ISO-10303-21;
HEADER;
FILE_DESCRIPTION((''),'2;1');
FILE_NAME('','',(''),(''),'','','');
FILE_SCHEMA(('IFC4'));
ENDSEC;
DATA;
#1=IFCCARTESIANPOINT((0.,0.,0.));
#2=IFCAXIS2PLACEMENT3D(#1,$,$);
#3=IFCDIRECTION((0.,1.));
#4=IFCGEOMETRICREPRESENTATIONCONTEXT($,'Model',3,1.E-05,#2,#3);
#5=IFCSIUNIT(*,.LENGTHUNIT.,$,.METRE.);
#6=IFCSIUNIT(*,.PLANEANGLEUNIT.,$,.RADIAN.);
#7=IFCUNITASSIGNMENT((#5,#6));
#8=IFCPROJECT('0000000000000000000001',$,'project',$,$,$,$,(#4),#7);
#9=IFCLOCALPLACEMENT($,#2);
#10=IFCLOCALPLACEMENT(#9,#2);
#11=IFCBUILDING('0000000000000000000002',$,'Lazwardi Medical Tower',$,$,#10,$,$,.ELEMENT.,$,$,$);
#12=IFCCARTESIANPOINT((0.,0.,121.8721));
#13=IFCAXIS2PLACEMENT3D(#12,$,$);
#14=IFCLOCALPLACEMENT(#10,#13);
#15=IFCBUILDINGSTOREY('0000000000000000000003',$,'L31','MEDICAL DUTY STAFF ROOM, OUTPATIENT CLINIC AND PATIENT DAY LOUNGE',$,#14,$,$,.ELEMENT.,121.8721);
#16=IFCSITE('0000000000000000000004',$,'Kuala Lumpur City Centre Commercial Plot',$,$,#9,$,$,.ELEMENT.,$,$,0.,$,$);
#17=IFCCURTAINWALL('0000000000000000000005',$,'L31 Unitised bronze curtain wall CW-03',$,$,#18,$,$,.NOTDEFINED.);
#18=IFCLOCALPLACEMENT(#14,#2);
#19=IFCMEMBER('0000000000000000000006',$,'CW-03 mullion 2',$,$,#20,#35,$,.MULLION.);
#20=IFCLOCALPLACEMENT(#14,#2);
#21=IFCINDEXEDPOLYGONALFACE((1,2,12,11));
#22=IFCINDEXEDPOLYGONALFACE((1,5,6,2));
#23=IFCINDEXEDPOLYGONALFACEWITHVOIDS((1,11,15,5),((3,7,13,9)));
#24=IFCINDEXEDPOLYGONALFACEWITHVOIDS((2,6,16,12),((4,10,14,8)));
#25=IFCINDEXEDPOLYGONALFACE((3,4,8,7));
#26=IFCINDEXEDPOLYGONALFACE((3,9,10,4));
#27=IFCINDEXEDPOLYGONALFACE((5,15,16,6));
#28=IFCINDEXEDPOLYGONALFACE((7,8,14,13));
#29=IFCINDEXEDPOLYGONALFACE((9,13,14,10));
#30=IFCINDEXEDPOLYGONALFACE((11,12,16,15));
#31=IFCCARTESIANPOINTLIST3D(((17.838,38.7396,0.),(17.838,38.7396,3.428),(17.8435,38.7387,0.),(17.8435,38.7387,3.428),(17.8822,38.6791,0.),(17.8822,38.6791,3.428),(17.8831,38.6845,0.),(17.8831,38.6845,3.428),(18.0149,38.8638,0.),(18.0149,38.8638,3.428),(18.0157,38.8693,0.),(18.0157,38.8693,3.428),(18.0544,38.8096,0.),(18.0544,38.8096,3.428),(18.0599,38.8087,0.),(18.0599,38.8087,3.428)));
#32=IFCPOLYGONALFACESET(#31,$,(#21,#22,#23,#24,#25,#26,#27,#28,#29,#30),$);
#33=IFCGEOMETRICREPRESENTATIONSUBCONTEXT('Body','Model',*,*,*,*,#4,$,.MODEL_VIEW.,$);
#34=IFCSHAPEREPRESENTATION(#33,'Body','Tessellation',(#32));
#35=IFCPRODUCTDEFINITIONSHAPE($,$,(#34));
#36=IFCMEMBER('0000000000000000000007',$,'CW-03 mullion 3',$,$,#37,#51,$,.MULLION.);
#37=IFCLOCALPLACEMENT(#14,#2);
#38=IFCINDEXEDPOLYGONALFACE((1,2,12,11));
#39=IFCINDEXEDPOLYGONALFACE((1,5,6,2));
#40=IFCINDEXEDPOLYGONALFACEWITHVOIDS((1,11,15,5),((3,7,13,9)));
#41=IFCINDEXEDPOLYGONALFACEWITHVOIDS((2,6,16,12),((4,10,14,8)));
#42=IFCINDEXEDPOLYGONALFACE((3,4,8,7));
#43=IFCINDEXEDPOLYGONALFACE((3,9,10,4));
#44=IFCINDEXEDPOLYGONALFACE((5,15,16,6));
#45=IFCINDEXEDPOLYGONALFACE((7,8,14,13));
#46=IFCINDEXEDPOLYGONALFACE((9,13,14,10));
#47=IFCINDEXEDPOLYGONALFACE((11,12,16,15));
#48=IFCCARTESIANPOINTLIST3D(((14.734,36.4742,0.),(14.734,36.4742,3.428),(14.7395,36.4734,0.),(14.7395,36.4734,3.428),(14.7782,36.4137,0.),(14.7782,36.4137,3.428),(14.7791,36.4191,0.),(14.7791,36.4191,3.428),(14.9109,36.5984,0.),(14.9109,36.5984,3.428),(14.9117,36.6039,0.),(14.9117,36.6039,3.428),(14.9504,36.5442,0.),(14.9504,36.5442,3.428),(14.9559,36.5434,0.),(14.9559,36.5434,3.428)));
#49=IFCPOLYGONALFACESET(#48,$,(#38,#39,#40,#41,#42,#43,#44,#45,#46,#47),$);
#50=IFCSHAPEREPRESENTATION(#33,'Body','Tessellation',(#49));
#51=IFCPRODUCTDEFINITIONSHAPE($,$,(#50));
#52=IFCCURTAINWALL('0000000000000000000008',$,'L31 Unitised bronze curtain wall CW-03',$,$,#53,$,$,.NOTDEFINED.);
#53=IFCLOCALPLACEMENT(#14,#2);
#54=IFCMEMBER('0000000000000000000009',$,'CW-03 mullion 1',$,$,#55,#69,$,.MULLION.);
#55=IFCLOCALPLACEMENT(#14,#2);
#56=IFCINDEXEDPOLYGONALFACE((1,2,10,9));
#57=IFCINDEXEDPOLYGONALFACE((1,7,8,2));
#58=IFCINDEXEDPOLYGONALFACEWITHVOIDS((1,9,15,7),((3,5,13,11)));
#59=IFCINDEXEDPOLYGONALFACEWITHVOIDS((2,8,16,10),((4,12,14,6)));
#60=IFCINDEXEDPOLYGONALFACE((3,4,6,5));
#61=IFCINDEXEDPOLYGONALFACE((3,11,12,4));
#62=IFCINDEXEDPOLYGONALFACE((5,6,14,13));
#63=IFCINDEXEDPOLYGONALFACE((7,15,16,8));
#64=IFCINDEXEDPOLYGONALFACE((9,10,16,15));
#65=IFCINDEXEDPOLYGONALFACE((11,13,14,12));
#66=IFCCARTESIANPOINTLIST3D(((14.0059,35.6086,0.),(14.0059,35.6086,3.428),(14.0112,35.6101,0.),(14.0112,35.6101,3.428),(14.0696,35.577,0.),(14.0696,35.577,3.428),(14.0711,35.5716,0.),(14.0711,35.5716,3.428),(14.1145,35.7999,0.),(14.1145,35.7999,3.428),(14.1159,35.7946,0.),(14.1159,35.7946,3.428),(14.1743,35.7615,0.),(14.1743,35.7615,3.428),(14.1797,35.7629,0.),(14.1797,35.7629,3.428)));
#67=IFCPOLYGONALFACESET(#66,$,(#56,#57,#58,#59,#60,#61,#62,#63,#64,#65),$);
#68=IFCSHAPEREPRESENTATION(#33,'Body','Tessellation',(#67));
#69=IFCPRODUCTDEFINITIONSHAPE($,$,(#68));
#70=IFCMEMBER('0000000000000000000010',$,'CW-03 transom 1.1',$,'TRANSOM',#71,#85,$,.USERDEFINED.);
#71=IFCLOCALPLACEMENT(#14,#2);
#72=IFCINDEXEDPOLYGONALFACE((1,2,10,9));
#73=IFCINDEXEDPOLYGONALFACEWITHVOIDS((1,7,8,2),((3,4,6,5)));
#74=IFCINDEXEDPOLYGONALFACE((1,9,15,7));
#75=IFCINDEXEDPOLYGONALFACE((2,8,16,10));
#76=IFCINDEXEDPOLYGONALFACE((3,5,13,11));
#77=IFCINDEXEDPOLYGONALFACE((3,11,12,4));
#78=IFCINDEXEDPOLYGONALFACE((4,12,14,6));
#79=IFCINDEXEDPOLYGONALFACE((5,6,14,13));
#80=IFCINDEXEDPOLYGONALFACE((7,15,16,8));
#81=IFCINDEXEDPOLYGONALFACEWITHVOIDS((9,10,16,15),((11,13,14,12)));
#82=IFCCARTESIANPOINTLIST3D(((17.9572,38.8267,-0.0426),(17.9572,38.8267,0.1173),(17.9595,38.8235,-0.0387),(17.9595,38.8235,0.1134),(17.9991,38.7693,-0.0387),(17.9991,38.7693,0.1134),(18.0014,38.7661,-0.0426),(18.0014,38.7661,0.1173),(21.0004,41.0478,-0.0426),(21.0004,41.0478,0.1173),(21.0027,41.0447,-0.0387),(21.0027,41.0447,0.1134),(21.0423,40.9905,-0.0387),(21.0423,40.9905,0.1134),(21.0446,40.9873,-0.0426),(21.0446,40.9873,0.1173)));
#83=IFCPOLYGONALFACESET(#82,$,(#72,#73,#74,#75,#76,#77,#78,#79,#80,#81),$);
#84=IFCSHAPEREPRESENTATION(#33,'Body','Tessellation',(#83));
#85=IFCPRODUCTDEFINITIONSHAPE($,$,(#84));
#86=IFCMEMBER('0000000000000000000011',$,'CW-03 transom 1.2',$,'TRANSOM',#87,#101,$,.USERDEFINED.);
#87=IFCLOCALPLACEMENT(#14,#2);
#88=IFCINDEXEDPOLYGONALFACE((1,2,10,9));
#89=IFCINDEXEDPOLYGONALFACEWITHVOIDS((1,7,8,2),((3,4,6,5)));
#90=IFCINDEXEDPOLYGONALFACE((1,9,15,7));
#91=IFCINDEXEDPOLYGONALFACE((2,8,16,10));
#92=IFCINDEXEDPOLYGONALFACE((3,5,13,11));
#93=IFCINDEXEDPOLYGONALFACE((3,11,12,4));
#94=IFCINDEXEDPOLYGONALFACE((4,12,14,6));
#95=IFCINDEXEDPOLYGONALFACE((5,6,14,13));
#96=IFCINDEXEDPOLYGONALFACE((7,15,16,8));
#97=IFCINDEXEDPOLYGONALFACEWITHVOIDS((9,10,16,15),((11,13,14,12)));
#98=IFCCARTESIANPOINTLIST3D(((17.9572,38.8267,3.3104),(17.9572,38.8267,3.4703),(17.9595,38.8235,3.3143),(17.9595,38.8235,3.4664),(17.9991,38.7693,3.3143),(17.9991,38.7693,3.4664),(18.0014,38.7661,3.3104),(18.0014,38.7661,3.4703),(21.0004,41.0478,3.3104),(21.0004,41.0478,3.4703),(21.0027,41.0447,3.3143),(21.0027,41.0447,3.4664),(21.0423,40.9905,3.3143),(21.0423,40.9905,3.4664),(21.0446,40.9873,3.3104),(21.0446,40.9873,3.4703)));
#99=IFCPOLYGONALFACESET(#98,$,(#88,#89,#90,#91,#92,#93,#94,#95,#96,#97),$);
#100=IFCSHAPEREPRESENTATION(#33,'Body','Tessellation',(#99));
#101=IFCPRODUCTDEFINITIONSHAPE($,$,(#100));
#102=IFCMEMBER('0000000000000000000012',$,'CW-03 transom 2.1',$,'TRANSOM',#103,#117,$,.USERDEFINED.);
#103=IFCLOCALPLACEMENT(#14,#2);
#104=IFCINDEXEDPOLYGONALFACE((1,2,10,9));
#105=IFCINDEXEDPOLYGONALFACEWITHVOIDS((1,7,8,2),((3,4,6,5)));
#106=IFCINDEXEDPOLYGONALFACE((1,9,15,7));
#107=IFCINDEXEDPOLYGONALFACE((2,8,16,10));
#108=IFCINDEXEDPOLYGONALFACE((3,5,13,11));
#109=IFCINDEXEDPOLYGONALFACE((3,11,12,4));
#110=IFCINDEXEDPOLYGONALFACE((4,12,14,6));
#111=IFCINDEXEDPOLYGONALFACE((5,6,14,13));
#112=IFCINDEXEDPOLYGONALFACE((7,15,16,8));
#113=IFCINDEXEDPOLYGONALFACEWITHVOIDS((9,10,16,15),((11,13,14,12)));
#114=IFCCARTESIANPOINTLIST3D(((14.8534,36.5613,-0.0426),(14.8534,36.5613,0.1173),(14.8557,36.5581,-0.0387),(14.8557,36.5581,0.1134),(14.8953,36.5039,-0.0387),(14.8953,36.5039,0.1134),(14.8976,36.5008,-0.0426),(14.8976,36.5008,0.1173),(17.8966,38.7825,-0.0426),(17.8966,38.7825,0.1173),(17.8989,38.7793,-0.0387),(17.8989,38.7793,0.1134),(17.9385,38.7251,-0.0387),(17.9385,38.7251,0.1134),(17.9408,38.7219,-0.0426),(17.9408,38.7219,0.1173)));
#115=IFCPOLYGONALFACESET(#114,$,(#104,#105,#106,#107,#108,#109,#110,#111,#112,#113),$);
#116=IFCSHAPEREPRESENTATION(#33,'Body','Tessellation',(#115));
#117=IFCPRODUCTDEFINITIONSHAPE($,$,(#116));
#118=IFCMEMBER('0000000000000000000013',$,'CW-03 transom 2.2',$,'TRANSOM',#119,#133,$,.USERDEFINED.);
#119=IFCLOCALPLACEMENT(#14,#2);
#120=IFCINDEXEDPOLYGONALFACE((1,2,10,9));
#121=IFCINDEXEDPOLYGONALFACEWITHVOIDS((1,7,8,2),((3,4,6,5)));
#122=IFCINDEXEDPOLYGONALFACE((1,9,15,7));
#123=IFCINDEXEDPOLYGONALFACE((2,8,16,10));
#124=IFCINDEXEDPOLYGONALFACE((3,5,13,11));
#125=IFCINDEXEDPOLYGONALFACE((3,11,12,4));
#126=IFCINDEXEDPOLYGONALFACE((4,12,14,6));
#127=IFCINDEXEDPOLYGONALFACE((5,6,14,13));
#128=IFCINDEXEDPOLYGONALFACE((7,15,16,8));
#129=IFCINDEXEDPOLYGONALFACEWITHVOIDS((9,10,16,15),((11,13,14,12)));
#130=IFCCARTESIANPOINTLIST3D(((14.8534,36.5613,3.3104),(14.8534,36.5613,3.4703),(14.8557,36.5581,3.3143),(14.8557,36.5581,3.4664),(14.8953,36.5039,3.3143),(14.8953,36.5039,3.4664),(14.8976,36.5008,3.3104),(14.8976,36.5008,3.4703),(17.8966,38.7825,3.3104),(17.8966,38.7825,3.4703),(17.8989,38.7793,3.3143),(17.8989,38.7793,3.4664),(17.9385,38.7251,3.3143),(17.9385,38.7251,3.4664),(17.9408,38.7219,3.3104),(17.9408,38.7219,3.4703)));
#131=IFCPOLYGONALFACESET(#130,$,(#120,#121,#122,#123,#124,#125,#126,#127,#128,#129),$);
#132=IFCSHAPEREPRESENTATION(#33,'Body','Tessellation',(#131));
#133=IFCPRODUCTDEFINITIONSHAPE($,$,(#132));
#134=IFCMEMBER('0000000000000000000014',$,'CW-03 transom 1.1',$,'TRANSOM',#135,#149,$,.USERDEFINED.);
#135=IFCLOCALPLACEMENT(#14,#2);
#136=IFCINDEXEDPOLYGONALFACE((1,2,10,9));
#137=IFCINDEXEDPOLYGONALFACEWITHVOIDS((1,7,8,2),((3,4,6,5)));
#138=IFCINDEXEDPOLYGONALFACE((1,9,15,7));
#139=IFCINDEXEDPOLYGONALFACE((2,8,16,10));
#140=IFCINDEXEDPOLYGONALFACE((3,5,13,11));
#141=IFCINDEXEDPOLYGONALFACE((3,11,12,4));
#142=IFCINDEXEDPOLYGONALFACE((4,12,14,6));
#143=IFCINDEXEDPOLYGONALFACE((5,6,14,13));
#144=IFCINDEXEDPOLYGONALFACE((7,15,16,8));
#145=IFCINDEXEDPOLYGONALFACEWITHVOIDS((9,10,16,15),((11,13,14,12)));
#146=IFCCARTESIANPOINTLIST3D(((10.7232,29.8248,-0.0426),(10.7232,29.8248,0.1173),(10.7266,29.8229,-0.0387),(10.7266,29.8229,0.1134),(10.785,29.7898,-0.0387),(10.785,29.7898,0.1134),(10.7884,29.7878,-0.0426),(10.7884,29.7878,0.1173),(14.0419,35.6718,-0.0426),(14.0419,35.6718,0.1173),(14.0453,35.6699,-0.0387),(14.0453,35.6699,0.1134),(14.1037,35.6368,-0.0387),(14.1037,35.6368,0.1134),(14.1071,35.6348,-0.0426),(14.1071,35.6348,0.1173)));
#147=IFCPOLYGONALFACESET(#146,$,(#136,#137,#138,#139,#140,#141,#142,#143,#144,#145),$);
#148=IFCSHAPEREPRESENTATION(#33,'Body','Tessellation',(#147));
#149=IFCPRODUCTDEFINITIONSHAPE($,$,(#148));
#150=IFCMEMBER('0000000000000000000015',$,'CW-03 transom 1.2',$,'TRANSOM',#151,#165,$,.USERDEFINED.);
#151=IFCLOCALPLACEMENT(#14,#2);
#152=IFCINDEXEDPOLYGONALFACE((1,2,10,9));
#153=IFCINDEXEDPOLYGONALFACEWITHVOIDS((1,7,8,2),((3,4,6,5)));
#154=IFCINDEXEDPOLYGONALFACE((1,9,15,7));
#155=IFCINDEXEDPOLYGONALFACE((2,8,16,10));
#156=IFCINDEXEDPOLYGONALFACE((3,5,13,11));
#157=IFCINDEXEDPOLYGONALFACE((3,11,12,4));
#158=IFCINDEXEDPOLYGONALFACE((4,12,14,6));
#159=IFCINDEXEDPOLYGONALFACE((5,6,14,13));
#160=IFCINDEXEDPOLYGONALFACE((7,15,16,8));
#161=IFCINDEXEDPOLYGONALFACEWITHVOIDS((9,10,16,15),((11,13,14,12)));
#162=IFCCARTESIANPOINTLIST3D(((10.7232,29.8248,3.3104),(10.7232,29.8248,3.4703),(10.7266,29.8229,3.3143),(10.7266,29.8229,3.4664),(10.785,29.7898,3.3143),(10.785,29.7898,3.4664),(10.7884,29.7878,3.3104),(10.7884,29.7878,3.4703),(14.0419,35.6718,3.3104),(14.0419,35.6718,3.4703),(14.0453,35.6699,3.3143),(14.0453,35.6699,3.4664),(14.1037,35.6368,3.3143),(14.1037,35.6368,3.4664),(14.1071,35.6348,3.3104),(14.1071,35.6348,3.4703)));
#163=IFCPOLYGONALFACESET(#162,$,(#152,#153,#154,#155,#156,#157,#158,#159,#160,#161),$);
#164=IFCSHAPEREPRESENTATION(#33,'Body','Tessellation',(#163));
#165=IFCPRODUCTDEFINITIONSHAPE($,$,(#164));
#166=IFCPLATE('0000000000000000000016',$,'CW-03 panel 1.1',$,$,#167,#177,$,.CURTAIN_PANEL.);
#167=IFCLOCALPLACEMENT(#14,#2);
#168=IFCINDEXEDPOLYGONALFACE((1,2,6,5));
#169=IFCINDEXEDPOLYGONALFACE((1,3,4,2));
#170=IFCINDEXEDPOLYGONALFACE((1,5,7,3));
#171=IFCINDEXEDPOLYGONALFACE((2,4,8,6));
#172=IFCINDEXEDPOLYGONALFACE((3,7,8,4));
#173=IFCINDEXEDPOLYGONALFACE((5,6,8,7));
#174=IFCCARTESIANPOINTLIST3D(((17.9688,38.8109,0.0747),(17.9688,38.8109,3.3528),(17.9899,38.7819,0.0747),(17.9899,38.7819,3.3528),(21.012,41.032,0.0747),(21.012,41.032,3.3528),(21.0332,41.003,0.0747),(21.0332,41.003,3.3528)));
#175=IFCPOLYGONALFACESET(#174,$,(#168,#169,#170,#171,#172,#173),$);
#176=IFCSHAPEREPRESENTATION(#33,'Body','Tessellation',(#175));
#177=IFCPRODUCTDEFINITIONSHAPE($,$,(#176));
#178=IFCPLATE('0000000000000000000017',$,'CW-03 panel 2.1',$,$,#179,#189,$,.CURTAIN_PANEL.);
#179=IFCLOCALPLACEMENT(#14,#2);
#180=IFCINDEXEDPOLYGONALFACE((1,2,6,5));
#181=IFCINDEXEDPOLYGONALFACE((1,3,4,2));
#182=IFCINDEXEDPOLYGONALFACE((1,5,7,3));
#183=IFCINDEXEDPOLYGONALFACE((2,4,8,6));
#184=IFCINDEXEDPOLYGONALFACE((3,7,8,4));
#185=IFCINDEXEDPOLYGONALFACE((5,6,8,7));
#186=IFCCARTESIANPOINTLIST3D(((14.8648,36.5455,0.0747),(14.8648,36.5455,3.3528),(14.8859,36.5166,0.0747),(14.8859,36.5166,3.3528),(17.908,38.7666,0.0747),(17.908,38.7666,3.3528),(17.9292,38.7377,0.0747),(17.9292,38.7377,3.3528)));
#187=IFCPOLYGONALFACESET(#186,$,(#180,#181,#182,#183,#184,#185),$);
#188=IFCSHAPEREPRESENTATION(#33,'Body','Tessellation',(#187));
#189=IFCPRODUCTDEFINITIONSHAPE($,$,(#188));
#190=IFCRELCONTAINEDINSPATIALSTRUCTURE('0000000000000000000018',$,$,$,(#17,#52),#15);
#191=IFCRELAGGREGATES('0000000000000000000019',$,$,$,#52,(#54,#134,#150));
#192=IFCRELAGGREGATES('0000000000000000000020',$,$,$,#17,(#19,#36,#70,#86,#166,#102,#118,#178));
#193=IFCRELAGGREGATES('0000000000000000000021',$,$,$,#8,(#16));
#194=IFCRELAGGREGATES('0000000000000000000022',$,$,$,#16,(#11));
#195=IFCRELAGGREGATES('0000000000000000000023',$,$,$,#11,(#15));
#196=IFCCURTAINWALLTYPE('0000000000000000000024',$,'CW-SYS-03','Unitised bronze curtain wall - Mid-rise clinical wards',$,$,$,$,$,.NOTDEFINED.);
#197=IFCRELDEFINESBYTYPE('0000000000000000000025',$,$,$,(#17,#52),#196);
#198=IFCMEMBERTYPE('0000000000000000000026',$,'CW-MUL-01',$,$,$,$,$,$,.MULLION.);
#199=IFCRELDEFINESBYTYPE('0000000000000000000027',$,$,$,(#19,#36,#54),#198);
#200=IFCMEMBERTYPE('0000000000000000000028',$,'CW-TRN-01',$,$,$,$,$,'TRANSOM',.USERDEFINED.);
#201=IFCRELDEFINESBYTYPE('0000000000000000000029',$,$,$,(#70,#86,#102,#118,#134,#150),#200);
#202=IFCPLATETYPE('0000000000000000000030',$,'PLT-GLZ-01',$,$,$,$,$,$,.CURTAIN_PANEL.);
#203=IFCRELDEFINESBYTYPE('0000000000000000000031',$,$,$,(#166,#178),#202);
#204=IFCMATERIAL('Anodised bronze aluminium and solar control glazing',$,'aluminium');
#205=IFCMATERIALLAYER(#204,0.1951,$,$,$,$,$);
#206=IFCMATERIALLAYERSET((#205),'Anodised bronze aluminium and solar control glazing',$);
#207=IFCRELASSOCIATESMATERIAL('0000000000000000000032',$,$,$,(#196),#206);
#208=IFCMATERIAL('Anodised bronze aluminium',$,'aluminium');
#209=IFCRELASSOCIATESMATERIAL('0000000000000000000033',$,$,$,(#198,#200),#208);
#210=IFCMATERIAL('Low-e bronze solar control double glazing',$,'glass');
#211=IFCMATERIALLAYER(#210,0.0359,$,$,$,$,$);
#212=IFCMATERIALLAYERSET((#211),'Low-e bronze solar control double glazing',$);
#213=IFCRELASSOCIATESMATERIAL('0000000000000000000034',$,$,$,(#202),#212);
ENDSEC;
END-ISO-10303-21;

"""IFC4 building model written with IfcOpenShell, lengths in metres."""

from ifc_helpers import new_model, si_unit, direction, frame, origin, origin_2d, place, context, subcontext, project, spatial, rectangle, hollow_rectangle, extrude, material, layer, layer_set, material_profile, profile_set, type_object, element, aggregate, save


model = new_model("IFC4")

# Units and contexts
model_context = context("Model", 3, precision=1e-05, world=origin(), true_north=direction((0.0, 1.0)))
body_context = subcontext(model_context, "Body", "Model", "MODEL_VIEW")
ifc_project = project(units=[si_unit("LENGTHUNIT", "METRE"), si_unit("PLANEANGLEUNIT", "RADIAN")], contexts=[model_context])

# Site, building, storey
site_placement = place(None, origin())
site = spatial("IfcSite", under=ifc_project, at=site_placement, Name="Kuala Lumpur City Centre Commercial Plot", CompositionType="ELEMENT", RefElevation=0.0)
building_placement = place(site_placement, origin())
building = spatial("IfcBuilding", under=site, at=building_placement, Name="Lazwardi Medical Tower", CompositionType="ELEMENT")
storey_placement = place(building_placement, frame((0.0, 0.0, 121.8721)))
storey = spatial("IfcBuildingStorey", under=building, at=storey_placement, Name="L31", Description="MEDICAL DUTY STAFF ROOM, OUTPATIENT CLINIC AND PATIENT DAY LOUNGE", CompositionType="ELEMENT", Elevation=121.8721)

# Shared definitions
ifc_material_1 = material(Name="Anodised bronze aluminium and solar control glazing", Category="aluminium")
ifc_layer_1 = layer(ifc_material_1, 0.1951)
ifc_layer_set_1 = layer_set([ifc_layer_1], Name="Anodised bronze aluminium and solar control glazing")
curtain_wall_type = type_object("IfcCurtainWallType", Name="CW-SYS-03", Description="Unitised bronze curtain wall - Mid-rise clinical wards", PredefinedType="NOTDEFINED", material=ifc_layer_set_1)
ifc_material_2 = material(Name="Anodised bronze aluminium", Category="aluminium")
ifc_material_profile_1 = material_profile(ifc_material_2, hollow_rectangle(XDim=0.075, YDim=0.22, WallThickness=0.0039, at=origin_2d()), Name="ALU-MULLION 220x75x4")
ifc_profile_set_1 = profile_set([ifc_material_profile_1], Name="Anodised bronze aluminium")
member_type_1 = type_object("IfcMemberType", Name="CW-MUL-01", PredefinedType="MULLION", material=ifc_profile_set_1)

# Curtain wall, members
curtain_wall_1_placement = place(storey_placement, origin())
curtain_wall_1 = element("IfcCurtainWall", 1, at=curtain_wall_1_placement, inside=storey, type_object=curtain_wall_type, Name="L31 Unitised bronze curtain wall CW-03", PredefinedType="NOTDEFINED")
member_1_placement = place(storey_placement, frame((17.949, 38.7742, 0.0), z_axis=(0.0, 0.0, 1.0), x_axis=(0.589531, -0.807746, 0.0)))
member_1 = element("IfcMember", 2, at=member_1_placement, type_object=member_type_1, Name="CW-03 mullion 2", PredefinedType="MULLION", context=body_context, shape_type="SweptSolid", body=[
    extrude(hollow_rectangle(XDim=0.075, YDim=0.22, WallThickness=0.0039, at=origin_2d()), origin(), (0.0, 0.0, 1.0), 3.428),
])
member_2_placement = place(storey_placement, frame((14.845, 36.5088, 0.0), z_axis=(0.0, 0.0, 1.0), x_axis=(0.589531, -0.807746, 0.0)))
member_2 = element("IfcMember", 3, at=member_2_placement, type_object=member_type_1, Name="CW-03 mullion 3", PredefinedType="MULLION", context=body_context, shape_type="SweptSolid", body=[
    extrude(hollow_rectangle(XDim=0.075, YDim=0.22, WallThickness=0.0039, at=origin_2d()), origin(), (0.0, 0.0, 1.0), 3.428),
])

# Curtain wall, member
curtain_wall_2_placement = place(storey_placement, origin())
curtain_wall_2 = element("IfcCurtainWall", 4, at=curtain_wall_2_placement, inside=storey, type_object=curtain_wall_type, Name="L31 Unitised bronze curtain wall CW-03", PredefinedType="NOTDEFINED")
member_3_placement = place(storey_placement, frame((14.0928, 35.6858, 0.0), z_axis=(0.0, 0.0, 1.0), x_axis=(0.869687, -0.493603, 0.0)))
member_3 = element("IfcMember", 5, at=member_3_placement, type_object=member_type_1, Name="CW-03 mullion 1", PredefinedType="MULLION", context=body_context, shape_type="SweptSolid", body=[
    extrude(hollow_rectangle(XDim=0.075, YDim=0.22, WallThickness=0.0039, at=origin_2d()), origin(), (0.0, 0.0, 1.0), 3.428),
])

# Members
ifc_material_profile_2 = material_profile(ifc_material_2, hollow_rectangle(XDim=0.075, YDim=0.1599, WallThickness=0.0039, at=origin_2d()), Name="ALU-TRANSOM 160x75x4")
ifc_profile_set_2 = profile_set([ifc_material_profile_2], Name="Anodised bronze aluminium")
member_type_2 = type_object("IfcMemberType", Name="CW-TRN-01", ElementType="TRANSOM", PredefinedType="USERDEFINED", material=ifc_profile_set_2)
member_4_placement = place(storey_placement, frame((21.0225, 41.0176, 0.0374), z_axis=(-0.807732, -0.58955, 0.0), x_axis=(0.58955, -0.807732, 0.0)))
member_4 = element("IfcMember", 6, at=member_4_placement, type_object=member_type_2, Name="CW-03 transom 1.1", ObjectType="TRANSOM", PredefinedType="USERDEFINED", context=body_context, shape_type="SweptSolid", body=[
    extrude(hollow_rectangle(XDim=0.075, YDim=0.1599, WallThickness=0.0039, at=origin_2d()), origin(), (0.0, 0.0, 1.0), 3.7676),
])
member_5_placement = place(storey_placement, frame((21.0225, 41.0176, 3.3904), z_axis=(-0.807732, -0.58955, 0.0), x_axis=(0.58955, -0.807732, 0.0)))
member_5 = element("IfcMember", 7, at=member_5_placement, type_object=member_type_2, Name="CW-03 transom 1.2", ObjectType="TRANSOM", PredefinedType="USERDEFINED", context=body_context, shape_type="SweptSolid", body=[
    extrude(hollow_rectangle(XDim=0.075, YDim=0.1599, WallThickness=0.0039, at=origin_2d()), origin(), (0.0, 0.0, 1.0), 3.7676),
])
member_6_placement = place(storey_placement, frame((17.9187, 38.7522, 0.0374), z_axis=(-0.807732, -0.58955, 0.0), x_axis=(0.58955, -0.807732, 0.0)))
member_6 = element("IfcMember", 8, at=member_6_placement, type_object=member_type_2, Name="CW-03 transom 2.1", ObjectType="TRANSOM", PredefinedType="USERDEFINED", context=body_context, shape_type="SweptSolid", body=[
    extrude(hollow_rectangle(XDim=0.075, YDim=0.1599, WallThickness=0.0039, at=origin_2d()), origin(), (0.0, 0.0, 1.0), 3.7676),
])
member_7_placement = place(storey_placement, frame((17.9187, 38.7522, 3.3904), z_axis=(-0.807732, -0.58955, 0.0), x_axis=(0.58955, -0.807732, 0.0)))
member_7 = element("IfcMember", 9, at=member_7_placement, type_object=member_type_2, Name="CW-03 transom 2.2", ObjectType="TRANSOM", PredefinedType="USERDEFINED", context=body_context, shape_type="SweptSolid", body=[
    extrude(hollow_rectangle(XDim=0.075, YDim=0.1599, WallThickness=0.0039, at=origin_2d()), origin(), (0.0, 0.0, 1.0), 3.7676),
])
member_8_placement = place(storey_placement, frame((14.0745, 35.6533, 0.0374), z_axis=(-0.493614, -0.869681, 0.0), x_axis=(0.869681, -0.493614, 0.0)))
member_8 = element("IfcMember", 10, at=member_8_placement, type_object=member_type_2, Name="CW-03 transom 1.1", ObjectType="TRANSOM", PredefinedType="USERDEFINED", context=body_context, shape_type="SweptSolid", body=[
    extrude(hollow_rectangle(XDim=0.075, YDim=0.1599, WallThickness=0.0039, at=origin_2d()), origin(), (0.0, 0.0, 1.0), 6.7231),
])
member_9_placement = place(storey_placement, frame((14.0745, 35.6533, 3.3904), z_axis=(-0.493614, -0.869681, 0.0), x_axis=(0.869681, -0.493614, 0.0)))
member_9 = element("IfcMember", 11, at=member_9_placement, type_object=member_type_2, Name="CW-03 transom 1.2", ObjectType="TRANSOM", PredefinedType="USERDEFINED", context=body_context, shape_type="SweptSolid", body=[
    extrude(hollow_rectangle(XDim=0.075, YDim=0.1599, WallThickness=0.0039, at=origin_2d()), origin(), (0.0, 0.0, 1.0), 6.7231),
])
aggregate(curtain_wall_2, [member_3, member_8, member_9])

# Plates
ifc_material_3 = material(Name="Low-e bronze solar control double glazing", Category="glass")
ifc_layer_2 = layer(ifc_material_3, 0.0359)
ifc_layer_set_2 = layer_set([ifc_layer_2], Name="Low-e bronze solar control double glazing")
plate_type = type_object("IfcPlateType", Name="PLT-GLZ-01", PredefinedType="CURTAIN_PANEL", material=ifc_layer_set_2)
plate_1_placement = place(storey_placement, frame((19.501, 39.907, 0.0747), z_axis=(0.0, 0.0, 1.0), x_axis=(-0.807746, -0.589531, 0.0)))
plate_1 = element("IfcPlate", 12, at=plate_1_placement, type_object=plate_type, Name="CW-03 panel 1.1", PredefinedType="CURTAIN_PANEL", context=body_context, shape_type="SweptSolid", body=[
    extrude(rectangle(XDim=3.7676, YDim=0.0359, at=origin_2d()), origin(), (0.0, 0.0, 1.0), 3.2781),
])
plate_2_placement = place(storey_placement, frame((16.397, 37.6416, 0.0747), z_axis=(0.0, 0.0, 1.0), x_axis=(-0.807746, -0.589531, 0.0)))
plate_2 = element("IfcPlate", 13, at=plate_2_placement, type_object=plate_type, Name="CW-03 panel 2.1", PredefinedType="CURTAIN_PANEL", context=body_context, shape_type="SweptSolid", body=[
    extrude(rectangle(XDim=3.7676, YDim=0.0359, at=origin_2d()), origin(), (0.0, 0.0, 1.0), 3.2781),
])
aggregate(curtain_wall_1, [member_1, member_2, member_4, member_5, plate_1, member_6, member_7, plate_2])

save(model, "model.ifc")
